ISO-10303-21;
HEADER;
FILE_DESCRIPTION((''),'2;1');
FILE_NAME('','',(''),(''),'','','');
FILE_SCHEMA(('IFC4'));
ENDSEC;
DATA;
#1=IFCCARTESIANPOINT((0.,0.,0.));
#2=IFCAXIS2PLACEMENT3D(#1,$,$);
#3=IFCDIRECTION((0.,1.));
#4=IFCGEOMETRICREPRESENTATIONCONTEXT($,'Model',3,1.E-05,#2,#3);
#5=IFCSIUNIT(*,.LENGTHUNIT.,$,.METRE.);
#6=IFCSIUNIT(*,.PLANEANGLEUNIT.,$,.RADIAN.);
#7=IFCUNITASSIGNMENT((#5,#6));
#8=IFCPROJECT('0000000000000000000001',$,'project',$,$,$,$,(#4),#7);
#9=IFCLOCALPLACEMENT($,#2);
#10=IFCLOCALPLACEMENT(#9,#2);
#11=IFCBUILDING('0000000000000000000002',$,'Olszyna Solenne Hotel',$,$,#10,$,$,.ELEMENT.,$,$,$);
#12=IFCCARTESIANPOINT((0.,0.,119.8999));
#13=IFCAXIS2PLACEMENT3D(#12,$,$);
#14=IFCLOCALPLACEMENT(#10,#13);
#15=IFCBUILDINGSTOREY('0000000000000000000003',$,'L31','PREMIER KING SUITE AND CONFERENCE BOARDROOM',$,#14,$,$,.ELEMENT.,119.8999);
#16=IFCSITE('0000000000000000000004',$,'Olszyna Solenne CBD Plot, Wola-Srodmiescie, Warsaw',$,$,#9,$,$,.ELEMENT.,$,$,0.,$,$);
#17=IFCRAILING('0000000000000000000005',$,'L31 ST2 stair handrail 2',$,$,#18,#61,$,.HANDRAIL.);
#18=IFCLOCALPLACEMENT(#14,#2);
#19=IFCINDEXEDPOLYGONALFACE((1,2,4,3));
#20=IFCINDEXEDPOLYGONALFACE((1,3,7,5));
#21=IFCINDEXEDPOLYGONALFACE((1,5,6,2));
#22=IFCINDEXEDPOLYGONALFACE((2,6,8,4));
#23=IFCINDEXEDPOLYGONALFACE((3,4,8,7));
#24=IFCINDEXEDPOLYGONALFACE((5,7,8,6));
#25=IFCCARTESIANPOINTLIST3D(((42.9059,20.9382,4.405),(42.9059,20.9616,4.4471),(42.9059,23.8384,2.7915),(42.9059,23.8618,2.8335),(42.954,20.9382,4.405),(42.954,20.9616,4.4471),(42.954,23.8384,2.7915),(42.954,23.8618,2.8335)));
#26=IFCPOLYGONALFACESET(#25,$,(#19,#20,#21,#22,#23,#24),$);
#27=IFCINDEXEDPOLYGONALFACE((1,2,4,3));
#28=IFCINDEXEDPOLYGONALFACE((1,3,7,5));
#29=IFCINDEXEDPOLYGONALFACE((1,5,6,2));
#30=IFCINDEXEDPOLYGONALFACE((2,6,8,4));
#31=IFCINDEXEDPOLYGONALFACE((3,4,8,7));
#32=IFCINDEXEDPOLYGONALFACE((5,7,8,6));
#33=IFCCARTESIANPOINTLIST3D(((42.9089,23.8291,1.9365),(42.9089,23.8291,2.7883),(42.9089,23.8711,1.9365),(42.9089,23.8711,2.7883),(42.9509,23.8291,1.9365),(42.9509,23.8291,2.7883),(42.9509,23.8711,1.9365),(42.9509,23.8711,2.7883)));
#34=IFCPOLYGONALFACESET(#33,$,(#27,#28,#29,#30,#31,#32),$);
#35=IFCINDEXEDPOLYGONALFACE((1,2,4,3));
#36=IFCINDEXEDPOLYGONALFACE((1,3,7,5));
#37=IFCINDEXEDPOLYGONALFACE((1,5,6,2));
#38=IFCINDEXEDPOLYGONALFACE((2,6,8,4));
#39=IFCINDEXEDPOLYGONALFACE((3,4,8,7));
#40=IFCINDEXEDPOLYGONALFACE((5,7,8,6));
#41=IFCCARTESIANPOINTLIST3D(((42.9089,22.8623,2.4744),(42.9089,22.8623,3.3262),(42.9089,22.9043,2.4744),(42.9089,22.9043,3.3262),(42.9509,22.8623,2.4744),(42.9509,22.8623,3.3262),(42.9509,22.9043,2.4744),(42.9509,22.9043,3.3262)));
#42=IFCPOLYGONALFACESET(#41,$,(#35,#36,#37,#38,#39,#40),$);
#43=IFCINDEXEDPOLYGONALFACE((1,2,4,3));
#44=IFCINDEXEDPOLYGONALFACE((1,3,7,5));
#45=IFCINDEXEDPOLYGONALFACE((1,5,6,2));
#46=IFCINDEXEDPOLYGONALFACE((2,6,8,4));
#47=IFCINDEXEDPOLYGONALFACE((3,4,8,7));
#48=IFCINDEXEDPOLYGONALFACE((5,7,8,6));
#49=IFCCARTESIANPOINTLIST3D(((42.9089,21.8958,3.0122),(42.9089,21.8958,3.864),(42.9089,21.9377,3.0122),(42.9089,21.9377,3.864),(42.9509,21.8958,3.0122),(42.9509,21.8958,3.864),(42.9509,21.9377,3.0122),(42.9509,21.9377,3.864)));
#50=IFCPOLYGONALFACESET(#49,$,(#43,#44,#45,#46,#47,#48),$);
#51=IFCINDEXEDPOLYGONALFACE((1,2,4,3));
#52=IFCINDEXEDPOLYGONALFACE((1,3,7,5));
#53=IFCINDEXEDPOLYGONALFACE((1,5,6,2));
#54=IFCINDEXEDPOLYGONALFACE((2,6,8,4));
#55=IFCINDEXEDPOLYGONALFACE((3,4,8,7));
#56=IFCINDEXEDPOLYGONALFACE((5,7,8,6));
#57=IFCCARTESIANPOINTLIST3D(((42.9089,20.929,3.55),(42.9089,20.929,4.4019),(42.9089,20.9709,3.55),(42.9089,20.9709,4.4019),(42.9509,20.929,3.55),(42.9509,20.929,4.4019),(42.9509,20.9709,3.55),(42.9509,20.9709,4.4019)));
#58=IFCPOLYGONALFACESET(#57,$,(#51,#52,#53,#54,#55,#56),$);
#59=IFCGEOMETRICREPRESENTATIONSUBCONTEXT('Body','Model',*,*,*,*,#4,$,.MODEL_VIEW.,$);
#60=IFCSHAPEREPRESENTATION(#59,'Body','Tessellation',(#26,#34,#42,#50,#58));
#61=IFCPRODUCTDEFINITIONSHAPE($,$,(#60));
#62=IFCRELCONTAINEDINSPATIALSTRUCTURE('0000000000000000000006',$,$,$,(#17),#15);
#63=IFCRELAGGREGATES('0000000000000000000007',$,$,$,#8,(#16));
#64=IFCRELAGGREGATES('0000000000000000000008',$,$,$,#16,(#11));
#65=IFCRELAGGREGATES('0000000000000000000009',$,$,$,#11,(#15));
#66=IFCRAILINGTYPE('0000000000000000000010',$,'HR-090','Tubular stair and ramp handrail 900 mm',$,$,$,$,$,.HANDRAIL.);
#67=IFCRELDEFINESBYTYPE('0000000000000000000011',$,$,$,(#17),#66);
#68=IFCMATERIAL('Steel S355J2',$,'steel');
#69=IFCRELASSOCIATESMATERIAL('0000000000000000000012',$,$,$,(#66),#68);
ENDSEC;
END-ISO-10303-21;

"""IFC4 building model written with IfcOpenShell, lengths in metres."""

from ifc_helpers import new_model, si_unit, direction, frame, origin, origin_2d, place, context, subcontext, project, spatial, rectangle, extrude, material, type_object, element, save


model = new_model("IFC4")

# Units and contexts
model_context = context("Model", 3, precision=1e-05, world=origin(), true_north=direction((0.0, 1.0)))
body_context = subcontext(model_context, "Body", "Model", "MODEL_VIEW")
ifc_project = project(units=[si_unit("LENGTHUNIT", "METRE"), si_unit("PLANEANGLEUNIT", "RADIAN")], contexts=[model_context])

# Site, building, storey
site_placement = place(None, origin())
site = spatial("IfcSite", under=ifc_project, at=site_placement, Name="Olszyna Solenne CBD Plot, Wola-Srodmiescie, Warsaw", CompositionType="ELEMENT", RefElevation=0.0)
building_placement = place(site_placement, origin())
building = spatial("IfcBuilding", under=site, at=building_placement, Name="Olszyna Solenne Hotel", CompositionType="ELEMENT")
storey_placement = place(building_placement, frame((0.0, 0.0, 119.8999)))
storey = spatial("IfcBuildingStorey", under=building, at=storey_placement, Name="L31", Description="PREMIER KING SUITE AND CONFERENCE BOARDROOM", CompositionType="ELEMENT", Elevation=119.8999)

# Shared definitions
ifc_material_1 = material(Name="Steel S355J2", Category="steel")

# Railing
railing_type_1 = type_object("IfcRailingType", Name="HR-090", Description="Tubular stair and ramp handrail 900 mm", PredefinedType="HANDRAIL", material=ifc_material_1)
railing_1_placement = place(storey_placement, frame((42.9299, 23.8501, 1.9365)))
element("IfcRailing", 1, at=railing_1_placement, inside=storey, type_object=railing_type_1, Name="L31 ST2 stair handrail 2", PredefinedType="HANDRAIL", context=body_context, shape_type="SweptSolid", body=[
    extrude(rectangle(XDim=0.0481, YDim=0.0481, at=origin_2d()), frame((0.0, 0.0, 0.876), z_axis=(0.0, -0.873859, 0.48618), x_axis=(1.0, 0.0, 0.0)), (0.0, 0.0, 1.0), 3.3188),
    extrude(rectangle(XDim=0.042, YDim=0.042, at=origin_2d()), origin(), (0.0, 0.0, 1.0), 0.8518),
    extrude(rectangle(XDim=0.042, YDim=0.042, at=origin_2d()), frame((0.0, -0.9668, 0.5378)), (0.0, 0.0, 1.0), 0.8518),
    extrude(rectangle(XDim=0.042, YDim=0.042, at=origin_2d()), frame((0.0, -1.9333, 1.0757)), (0.0, 0.0, 1.0), 0.8518),
    extrude(rectangle(XDim=0.042, YDim=0.042, at=origin_2d()), frame((0.0, -2.9001, 1.6135)), (0.0, 0.0, 1.0), 0.8518),
])

save(model, "model.ifc")
